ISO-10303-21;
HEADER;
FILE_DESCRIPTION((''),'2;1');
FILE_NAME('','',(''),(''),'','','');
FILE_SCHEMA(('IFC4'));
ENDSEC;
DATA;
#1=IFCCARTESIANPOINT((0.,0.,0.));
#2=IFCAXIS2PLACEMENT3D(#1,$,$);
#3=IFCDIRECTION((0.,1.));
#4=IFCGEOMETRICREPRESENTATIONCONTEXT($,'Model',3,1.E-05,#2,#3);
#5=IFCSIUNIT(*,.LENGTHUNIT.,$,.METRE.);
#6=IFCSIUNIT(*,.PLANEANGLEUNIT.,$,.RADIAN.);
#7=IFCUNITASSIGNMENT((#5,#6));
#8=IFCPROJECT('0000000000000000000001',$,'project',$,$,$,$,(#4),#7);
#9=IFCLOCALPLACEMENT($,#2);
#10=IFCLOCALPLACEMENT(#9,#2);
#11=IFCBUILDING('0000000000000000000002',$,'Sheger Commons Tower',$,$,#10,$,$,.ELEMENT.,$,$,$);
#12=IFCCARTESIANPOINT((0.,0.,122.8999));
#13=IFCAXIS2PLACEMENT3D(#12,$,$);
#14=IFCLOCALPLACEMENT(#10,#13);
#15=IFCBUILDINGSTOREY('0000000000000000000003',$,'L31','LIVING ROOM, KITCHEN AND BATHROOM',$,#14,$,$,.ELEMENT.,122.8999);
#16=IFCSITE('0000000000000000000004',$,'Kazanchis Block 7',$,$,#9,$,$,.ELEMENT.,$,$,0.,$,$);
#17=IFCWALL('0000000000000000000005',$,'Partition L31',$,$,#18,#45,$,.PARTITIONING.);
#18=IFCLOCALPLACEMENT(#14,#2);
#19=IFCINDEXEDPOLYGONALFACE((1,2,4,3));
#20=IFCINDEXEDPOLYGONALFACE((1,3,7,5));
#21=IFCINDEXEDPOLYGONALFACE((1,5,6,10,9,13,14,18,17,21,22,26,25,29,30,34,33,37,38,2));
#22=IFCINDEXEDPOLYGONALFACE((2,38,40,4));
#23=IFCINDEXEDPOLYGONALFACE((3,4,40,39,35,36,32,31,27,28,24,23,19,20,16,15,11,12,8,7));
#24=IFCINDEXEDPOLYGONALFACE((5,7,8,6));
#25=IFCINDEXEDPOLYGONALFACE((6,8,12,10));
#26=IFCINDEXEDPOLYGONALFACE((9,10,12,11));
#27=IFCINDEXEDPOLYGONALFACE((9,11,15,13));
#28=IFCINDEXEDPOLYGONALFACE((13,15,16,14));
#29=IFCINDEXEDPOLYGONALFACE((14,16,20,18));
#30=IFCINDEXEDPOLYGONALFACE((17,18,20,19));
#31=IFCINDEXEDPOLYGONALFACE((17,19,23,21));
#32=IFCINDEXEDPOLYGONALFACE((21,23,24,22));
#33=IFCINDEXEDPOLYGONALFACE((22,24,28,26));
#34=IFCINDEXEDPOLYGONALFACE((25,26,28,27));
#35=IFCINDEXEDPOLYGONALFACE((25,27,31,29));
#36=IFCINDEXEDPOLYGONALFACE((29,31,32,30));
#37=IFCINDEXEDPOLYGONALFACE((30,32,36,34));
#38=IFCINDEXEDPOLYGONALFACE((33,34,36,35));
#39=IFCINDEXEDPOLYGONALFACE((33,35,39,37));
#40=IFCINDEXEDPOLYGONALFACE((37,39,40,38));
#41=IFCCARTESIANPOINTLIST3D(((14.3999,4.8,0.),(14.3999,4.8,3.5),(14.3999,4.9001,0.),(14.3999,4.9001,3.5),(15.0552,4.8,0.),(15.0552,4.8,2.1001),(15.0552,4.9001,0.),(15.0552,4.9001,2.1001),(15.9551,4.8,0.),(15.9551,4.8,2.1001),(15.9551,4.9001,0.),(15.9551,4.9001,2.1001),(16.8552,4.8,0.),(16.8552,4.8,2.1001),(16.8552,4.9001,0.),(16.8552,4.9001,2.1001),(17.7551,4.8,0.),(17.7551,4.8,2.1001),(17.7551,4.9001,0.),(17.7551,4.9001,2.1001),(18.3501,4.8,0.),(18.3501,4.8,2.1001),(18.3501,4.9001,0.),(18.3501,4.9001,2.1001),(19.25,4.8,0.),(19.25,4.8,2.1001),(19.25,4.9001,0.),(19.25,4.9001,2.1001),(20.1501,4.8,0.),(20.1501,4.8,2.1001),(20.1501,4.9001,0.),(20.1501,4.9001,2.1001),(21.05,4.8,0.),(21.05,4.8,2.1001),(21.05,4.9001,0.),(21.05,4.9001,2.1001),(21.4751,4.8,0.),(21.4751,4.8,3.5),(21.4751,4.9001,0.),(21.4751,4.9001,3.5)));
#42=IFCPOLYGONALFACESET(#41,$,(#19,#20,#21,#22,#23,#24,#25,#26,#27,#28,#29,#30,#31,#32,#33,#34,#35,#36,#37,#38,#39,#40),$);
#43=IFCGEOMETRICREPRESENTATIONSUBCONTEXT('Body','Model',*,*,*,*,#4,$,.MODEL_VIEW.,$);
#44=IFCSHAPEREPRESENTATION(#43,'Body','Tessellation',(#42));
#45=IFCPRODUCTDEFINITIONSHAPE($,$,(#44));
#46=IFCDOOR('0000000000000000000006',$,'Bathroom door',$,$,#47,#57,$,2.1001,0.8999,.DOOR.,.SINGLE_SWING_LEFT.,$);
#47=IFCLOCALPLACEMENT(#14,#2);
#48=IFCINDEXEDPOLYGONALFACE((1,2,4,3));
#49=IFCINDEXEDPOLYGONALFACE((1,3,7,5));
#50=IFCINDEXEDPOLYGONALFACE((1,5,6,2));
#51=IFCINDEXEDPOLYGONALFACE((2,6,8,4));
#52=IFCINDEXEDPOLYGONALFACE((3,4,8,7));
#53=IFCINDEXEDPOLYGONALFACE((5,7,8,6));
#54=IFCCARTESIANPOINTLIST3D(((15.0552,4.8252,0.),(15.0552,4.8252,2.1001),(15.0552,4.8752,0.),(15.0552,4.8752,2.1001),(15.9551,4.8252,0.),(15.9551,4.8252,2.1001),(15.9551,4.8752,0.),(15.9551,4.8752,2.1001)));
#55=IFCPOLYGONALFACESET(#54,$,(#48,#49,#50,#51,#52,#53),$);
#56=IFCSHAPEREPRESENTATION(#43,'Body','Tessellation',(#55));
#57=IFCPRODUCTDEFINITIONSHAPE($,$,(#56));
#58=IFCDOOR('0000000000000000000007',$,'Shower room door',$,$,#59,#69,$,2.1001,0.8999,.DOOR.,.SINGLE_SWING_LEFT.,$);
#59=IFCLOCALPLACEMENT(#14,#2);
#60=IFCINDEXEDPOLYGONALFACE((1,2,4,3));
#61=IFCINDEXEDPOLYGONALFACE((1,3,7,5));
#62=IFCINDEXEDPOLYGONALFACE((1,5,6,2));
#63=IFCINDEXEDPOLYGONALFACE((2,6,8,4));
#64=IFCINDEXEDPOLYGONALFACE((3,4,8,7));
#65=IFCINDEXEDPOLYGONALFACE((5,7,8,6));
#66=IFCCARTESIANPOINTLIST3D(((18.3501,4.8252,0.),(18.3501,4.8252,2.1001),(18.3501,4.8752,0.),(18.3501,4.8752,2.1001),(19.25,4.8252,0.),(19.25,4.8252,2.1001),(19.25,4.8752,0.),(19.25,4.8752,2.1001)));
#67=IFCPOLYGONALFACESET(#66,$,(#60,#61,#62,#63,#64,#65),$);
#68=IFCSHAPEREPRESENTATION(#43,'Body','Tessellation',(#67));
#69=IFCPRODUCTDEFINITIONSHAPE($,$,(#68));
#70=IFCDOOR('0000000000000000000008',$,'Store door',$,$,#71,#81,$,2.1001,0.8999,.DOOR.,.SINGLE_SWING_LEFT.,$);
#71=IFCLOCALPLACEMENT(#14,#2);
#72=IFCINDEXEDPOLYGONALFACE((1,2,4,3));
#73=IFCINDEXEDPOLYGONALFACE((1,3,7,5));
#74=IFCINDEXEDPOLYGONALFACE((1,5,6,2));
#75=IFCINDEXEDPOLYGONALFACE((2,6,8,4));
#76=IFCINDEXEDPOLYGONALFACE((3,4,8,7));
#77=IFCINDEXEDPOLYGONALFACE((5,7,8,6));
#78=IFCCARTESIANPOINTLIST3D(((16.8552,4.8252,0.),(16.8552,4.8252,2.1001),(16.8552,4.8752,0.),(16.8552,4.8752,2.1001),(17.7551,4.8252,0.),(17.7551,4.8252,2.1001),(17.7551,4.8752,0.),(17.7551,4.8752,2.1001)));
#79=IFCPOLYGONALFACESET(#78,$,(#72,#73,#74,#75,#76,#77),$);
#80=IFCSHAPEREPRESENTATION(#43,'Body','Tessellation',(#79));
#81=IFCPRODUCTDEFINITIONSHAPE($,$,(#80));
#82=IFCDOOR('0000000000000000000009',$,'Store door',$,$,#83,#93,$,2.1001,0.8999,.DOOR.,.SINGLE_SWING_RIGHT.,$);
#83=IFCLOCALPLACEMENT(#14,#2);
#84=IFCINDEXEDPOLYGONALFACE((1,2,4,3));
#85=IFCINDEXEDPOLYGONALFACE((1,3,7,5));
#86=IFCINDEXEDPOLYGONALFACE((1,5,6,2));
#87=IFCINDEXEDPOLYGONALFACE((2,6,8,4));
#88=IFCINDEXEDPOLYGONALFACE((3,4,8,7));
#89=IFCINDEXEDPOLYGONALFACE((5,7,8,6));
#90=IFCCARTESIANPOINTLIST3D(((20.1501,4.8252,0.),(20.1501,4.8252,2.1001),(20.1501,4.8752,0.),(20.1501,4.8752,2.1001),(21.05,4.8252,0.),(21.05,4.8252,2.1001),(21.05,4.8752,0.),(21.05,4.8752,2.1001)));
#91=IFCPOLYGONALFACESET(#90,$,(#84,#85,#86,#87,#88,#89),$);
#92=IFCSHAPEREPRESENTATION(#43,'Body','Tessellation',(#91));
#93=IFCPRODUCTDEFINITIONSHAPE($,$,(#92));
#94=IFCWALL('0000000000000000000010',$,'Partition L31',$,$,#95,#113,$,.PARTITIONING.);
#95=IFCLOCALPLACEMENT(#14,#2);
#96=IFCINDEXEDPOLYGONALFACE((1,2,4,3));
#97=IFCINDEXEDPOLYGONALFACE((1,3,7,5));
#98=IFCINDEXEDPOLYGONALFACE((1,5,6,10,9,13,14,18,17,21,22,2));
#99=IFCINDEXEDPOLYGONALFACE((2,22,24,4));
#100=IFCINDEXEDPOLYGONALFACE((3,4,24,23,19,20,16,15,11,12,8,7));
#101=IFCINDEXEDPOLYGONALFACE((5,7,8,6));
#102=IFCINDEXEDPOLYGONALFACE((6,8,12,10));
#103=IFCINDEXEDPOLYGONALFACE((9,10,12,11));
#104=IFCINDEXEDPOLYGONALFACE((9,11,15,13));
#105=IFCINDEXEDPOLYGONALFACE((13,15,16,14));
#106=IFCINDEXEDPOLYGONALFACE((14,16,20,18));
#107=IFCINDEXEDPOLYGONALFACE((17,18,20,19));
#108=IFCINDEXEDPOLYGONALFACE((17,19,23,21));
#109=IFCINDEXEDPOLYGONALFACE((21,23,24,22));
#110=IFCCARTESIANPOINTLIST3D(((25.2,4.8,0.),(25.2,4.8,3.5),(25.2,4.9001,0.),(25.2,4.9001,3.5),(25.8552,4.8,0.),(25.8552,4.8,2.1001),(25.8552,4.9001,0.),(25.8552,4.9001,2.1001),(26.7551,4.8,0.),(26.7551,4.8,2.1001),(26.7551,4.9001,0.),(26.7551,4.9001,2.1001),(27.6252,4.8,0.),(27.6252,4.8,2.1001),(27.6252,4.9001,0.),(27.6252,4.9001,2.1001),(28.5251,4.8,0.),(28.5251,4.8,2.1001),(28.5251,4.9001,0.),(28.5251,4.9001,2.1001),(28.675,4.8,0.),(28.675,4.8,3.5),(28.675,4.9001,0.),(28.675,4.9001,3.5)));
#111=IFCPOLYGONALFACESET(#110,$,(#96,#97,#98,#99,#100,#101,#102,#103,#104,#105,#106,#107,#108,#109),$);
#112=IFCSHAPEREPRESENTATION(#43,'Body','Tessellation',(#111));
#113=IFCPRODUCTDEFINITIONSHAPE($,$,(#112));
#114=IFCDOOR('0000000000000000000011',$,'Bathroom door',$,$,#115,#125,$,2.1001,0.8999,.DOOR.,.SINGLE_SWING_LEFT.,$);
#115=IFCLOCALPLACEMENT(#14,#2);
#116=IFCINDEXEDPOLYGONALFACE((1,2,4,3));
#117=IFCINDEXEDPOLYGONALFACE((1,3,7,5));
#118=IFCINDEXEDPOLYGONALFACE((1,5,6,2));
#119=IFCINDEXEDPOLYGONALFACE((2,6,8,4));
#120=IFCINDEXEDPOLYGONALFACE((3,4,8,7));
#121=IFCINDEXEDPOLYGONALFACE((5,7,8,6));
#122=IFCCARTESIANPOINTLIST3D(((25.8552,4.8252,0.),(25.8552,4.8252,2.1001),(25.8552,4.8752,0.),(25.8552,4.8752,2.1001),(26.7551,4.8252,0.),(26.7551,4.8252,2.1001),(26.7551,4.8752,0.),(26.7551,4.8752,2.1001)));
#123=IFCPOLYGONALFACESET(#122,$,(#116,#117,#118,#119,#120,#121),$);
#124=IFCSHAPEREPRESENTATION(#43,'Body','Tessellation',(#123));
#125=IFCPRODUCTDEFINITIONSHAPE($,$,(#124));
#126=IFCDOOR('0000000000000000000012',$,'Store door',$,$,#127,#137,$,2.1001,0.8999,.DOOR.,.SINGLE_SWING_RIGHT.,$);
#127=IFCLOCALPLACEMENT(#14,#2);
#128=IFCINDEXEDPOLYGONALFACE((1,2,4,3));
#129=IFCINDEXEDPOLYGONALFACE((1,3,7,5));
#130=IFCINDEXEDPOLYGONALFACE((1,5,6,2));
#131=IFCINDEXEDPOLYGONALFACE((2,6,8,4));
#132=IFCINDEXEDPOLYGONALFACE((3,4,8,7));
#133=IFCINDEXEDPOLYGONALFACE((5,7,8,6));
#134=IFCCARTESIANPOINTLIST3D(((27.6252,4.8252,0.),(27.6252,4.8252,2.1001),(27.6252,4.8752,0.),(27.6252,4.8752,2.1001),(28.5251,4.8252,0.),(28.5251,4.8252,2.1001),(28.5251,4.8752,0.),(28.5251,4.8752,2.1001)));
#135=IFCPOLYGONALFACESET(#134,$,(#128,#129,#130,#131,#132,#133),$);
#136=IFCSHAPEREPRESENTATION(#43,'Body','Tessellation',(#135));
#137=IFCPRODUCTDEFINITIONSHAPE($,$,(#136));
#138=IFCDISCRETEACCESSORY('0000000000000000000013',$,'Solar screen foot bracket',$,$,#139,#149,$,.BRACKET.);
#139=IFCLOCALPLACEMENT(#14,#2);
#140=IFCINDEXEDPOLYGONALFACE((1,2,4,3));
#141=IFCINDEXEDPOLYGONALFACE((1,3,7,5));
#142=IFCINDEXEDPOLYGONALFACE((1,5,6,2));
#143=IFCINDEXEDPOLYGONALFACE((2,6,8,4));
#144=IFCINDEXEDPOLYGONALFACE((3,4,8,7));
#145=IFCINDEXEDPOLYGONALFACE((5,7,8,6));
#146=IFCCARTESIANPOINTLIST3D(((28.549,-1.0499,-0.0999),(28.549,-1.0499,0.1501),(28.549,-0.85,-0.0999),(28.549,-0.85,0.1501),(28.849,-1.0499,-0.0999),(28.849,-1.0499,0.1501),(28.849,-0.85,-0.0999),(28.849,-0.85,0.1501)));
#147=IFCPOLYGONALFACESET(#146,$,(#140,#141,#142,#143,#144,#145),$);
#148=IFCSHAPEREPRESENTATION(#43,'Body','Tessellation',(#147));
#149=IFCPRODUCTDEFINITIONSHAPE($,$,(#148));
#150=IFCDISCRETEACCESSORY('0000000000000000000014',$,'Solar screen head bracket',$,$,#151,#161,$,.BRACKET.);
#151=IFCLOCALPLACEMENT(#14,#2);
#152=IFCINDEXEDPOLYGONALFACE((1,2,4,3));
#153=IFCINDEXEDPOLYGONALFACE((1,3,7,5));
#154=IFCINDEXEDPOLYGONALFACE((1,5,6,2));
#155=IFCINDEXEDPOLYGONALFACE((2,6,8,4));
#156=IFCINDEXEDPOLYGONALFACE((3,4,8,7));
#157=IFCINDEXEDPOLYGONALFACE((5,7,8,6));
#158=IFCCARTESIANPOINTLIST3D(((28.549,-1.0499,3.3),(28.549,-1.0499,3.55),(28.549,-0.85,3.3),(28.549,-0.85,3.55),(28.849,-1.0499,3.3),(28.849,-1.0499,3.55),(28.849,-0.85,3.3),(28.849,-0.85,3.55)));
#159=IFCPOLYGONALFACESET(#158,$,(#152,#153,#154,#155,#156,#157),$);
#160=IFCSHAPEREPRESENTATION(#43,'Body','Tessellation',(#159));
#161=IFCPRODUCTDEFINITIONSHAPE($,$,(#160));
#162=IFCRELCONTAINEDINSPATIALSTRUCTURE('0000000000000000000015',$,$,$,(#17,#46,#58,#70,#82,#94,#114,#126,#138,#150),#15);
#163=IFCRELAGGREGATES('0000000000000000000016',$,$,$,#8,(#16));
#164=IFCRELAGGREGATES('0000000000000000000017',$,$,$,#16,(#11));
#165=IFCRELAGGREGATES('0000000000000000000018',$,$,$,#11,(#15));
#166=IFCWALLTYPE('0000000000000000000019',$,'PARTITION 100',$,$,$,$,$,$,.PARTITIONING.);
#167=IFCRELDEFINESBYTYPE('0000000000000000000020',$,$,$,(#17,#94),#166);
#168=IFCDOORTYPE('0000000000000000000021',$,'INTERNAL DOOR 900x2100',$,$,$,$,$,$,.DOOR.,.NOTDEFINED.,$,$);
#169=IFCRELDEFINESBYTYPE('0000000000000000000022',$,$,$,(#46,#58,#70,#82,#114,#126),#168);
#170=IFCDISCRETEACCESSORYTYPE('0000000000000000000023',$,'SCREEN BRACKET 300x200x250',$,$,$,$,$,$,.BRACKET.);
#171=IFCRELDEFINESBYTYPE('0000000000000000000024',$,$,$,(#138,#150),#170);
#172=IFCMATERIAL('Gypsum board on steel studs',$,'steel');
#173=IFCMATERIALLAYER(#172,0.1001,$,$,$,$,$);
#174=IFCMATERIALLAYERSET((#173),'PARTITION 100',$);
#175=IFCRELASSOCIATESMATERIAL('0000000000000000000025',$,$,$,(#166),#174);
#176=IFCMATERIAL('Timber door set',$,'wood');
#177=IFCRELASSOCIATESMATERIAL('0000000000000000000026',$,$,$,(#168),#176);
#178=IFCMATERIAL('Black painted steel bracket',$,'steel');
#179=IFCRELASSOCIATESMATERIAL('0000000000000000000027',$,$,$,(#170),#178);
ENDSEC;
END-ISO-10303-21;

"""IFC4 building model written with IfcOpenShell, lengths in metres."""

from ifc_helpers import new_model, si_unit, direction, frame, frame_2d, origin, origin_2d, place, context, subcontext, project, spatial, rectangle, extrude, material, layer, layer_set, type_object, element, fill, save


model = new_model("IFC4")

# Units and contexts
model_context = context("Model", 3, precision=1e-05, world=origin(), true_north=direction((0.0, 1.0)))
body_context = subcontext(model_context, "Body", "Model", "MODEL_VIEW")
ifc_project = project(units=[si_unit("LENGTHUNIT", "METRE"), si_unit("PLANEANGLEUNIT", "RADIAN")], contexts=[model_context])

# Site, building, storey
site_placement = place(None, origin())
site = spatial("IfcSite", under=ifc_project, at=site_placement, Name="Kazanchis Block 7", CompositionType="ELEMENT", RefElevation=0.0)
building_placement = place(site_placement, origin())
building = spatial("IfcBuilding", under=site, at=building_placement, Name="Sheger Commons Tower", CompositionType="ELEMENT")
storey_placement = place(building_placement, frame((0.0, 0.0, 122.8999)))
storey = spatial("IfcBuildingStorey", under=building, at=storey_placement, Name="L31", Description="LIVING ROOM, KITCHEN AND BATHROOM", CompositionType="ELEMENT", Elevation=122.8999)

# Walls, openings, doors
ifc_material_1 = material(Name="Gypsum board on steel studs", Category="steel")
ifc_layer_1 = layer(ifc_material_1, 0.1001)
ifc_layer_set_1 = layer_set([ifc_layer_1], Name="PARTITION 100")
wall_type_1 = type_object("IfcWallType", Name="PARTITION 100", PredefinedType="PARTITIONING", material=ifc_layer_set_1)
ifc_material_2 = material(Name="Timber door set", Category="wood")
door_type = type_object("IfcDoorType", Name="INTERNAL DOOR 900x2100", OperationType="NOTDEFINED", PredefinedType="DOOR", material=ifc_material_2)
wall_1_placement = place(storey_placement, frame((21.4751, 4.8501, 0.0), z_axis=(0.0, 0.0, 1.0), x_axis=(-1.0, 0.0, 0.0)))
wall_1 = element("IfcWall", 1, at=wall_1_placement, inside=storey, type_object=wall_type_1, Name="Partition L31", PredefinedType="PARTITIONING", context=body_context, shape_type="SweptSolid", body=[
    extrude(rectangle(XDim=7.0752, YDim=0.1001, at=frame_2d((3.5376, 0.0))), origin(), (0.0, 0.0, 1.0), 3.5),
])
opening_1_placement = place(wall_1_placement, frame((5.52, 0.0, 0.0)))
opening_1 = element("IfcOpeningElement", 2, at=opening_1_placement, cuts=wall_1, PredefinedType="OPENING", context=body_context, shape_type="SweptSolid", body=[
    extrude(rectangle(XDim=0.8999, YDim=2.1001, at=frame_2d((0.45, 1.05))), frame((0.0, 0.0601, 0.0), z_axis=(0.0, -1.0, 0.0), x_axis=(1.0, 0.0, 0.0)), (0.0, 0.0, 1.0), 0.1201),
])
opening_2_placement = place(wall_1_placement, frame((2.2251, 0.0, 0.0)))
opening_2 = element("IfcOpeningElement", 3, at=opening_2_placement, cuts=wall_1, PredefinedType="OPENING", context=body_context, shape_type="SweptSolid", body=[
    extrude(rectangle(XDim=0.8999, YDim=2.1001, at=frame_2d((0.45, 1.05))), frame((0.0, 0.0601, 0.0), z_axis=(0.0, -1.0, 0.0), x_axis=(1.0, 0.0, 0.0)), (0.0, 0.0, 1.0), 0.1201),
])
opening_3_placement = place(wall_1_placement, frame((3.72, 0.0, 0.0)))
opening_3 = element("IfcOpeningElement", 4, at=opening_3_placement, cuts=wall_1, PredefinedType="OPENING", context=body_context, shape_type="SweptSolid", body=[
    extrude(rectangle(XDim=0.8999, YDim=2.1001, at=frame_2d((0.45, 1.05))), frame((0.0, 0.0601, 0.0), z_axis=(0.0, -1.0, 0.0), x_axis=(1.0, 0.0, 0.0)), (0.0, 0.0, 1.0), 0.1201),
])
opening_4_placement = place(wall_1_placement, frame((0.425, 0.0, 0.0)))
opening_4 = element("IfcOpeningElement", 5, at=opening_4_placement, cuts=wall_1, PredefinedType="OPENING", context=body_context, shape_type="SweptSolid", body=[
    extrude(rectangle(XDim=0.8999, YDim=2.1001, at=frame_2d((0.45, 1.05))), frame((0.0, 0.0601, 0.0), z_axis=(0.0, -1.0, 0.0), x_axis=(1.0, 0.0, 0.0)), (0.0, 0.0, 1.0), 0.1201),
])
door_1_placement = place(opening_1_placement, origin())
door_1 = element("IfcDoor", 6, at=door_1_placement, inside=storey, type_object=door_type, Name="Bathroom door", OperationType="SINGLE_SWING_LEFT", OverallHeight=2.1001, OverallWidth=0.8999, PredefinedType="DOOR", context=body_context, shape_type="SweptSolid", body=[
    extrude(rectangle(XDim=0.8999, YDim=2.1001, at=frame_2d((0.45, 1.05))), frame((0.0, 0.0249, 0.0), z_axis=(0.0, -1.0, 0.0), x_axis=(1.0, 0.0, 0.0)), (0.0, 0.0, 1.0), 0.05),
])
fill(opening_1, door_1)
door_2_placement = place(opening_2_placement, origin())
door_2 = element("IfcDoor", 7, at=door_2_placement, inside=storey, type_object=door_type, Name="Shower room door", OperationType="SINGLE_SWING_LEFT", OverallHeight=2.1001, OverallWidth=0.8999, PredefinedType="DOOR", context=body_context, shape_type="SweptSolid", body=[
    extrude(rectangle(XDim=0.8999, YDim=2.1001, at=frame_2d((0.45, 1.05))), frame((0.0, 0.0249, 0.0), z_axis=(0.0, -1.0, 0.0), x_axis=(1.0, 0.0, 0.0)), (0.0, 0.0, 1.0), 0.05),
])
fill(opening_2, door_2)
door_3_placement = place(opening_3_placement, origin())
door_3 = element("IfcDoor", 8, at=door_3_placement, inside=storey, type_object=door_type, Name="Store door", OperationType="SINGLE_SWING_LEFT", OverallHeight=2.1001, OverallWidth=0.8999, PredefinedType="DOOR", context=body_context, shape_type="SweptSolid", body=[
    extrude(rectangle(XDim=0.8999, YDim=2.1001, at=frame_2d((0.45, 1.05))), frame((0.0, 0.0249, 0.0), z_axis=(0.0, -1.0, 0.0), x_axis=(1.0, 0.0, 0.0)), (0.0, 0.0, 1.0), 0.05),
])
fill(opening_3, door_3)
door_4_placement = place(opening_4_placement, origin())
door_4 = element("IfcDoor", 9, at=door_4_placement, inside=storey, type_object=door_type, Name="Store door", OperationType="SINGLE_SWING_RIGHT", OverallHeight=2.1001, OverallWidth=0.8999, PredefinedType="DOOR", context=body_context, shape_type="SweptSolid", body=[
    extrude(rectangle(XDim=0.8999, YDim=2.1001, at=frame_2d((0.45, 1.05))), frame((0.0, 0.0249, 0.0), z_axis=(0.0, -1.0, 0.0), x_axis=(1.0, 0.0, 0.0)), (0.0, 0.0, 1.0), 0.05),
])
fill(opening_4, door_4)
wall_2_placement = place(storey_placement, frame((28.675, 4.8501, 0.0), z_axis=(0.0, 0.0, 1.0), x_axis=(-1.0, 0.0, 0.0)))
wall_2 = element("IfcWall", 10, at=wall_2_placement, inside=storey, type_object=wall_type_1, Name="Partition L31", PredefinedType="PARTITIONING", context=body_context, shape_type="SweptSolid", body=[
    extrude(rectangle(XDim=3.4751, YDim=0.1001, at=frame_2d((1.7375, 0.0))), origin(), (0.0, 0.0, 1.0), 3.5),
])
opening_5_placement = place(wall_2_placement, frame((1.9199, 0.0, 0.0)))
opening_5 = element("IfcOpeningElement", 11, at=opening_5_placement, cuts=wall_2, PredefinedType="OPENING", context=body_context, shape_type="SweptSolid", body=[
    extrude(rectangle(XDim=0.8999, YDim=2.1001, at=frame_2d((0.45, 1.05))), frame((0.0, 0.0601, 0.0), z_axis=(0.0, -1.0, 0.0), x_axis=(1.0, 0.0, 0.0)), (0.0, 0.0, 1.0), 0.1201),
])
opening_6_placement = place(wall_2_placement, frame((0.1499, 0.0, 0.0)))
opening_6 = element("IfcOpeningElement", 12, at=opening_6_placement, cuts=wall_2, PredefinedType="OPENING", context=body_context, shape_type="SweptSolid", body=[
    extrude(rectangle(XDim=0.8999, YDim=2.1001, at=frame_2d((0.45, 1.05))), frame((0.0, 0.0601, 0.0), z_axis=(0.0, -1.0, 0.0), x_axis=(1.0, 0.0, 0.0)), (0.0, 0.0, 1.0), 0.1201),
])
door_5_placement = place(opening_5_placement, origin())
door_5 = element("IfcDoor", 13, at=door_5_placement, inside=storey, type_object=door_type, Name="Bathroom door", OperationType="SINGLE_SWING_LEFT", OverallHeight=2.1001, OverallWidth=0.8999, PredefinedType="DOOR", context=body_context, shape_type="SweptSolid", body=[
    extrude(rectangle(XDim=0.8999, YDim=2.1001, at=frame_2d((0.45, 1.05))), frame((0.0, 0.0249, 0.0), z_axis=(0.0, -1.0, 0.0), x_axis=(1.0, 0.0, 0.0)), (0.0, 0.0, 1.0), 0.05),
])
fill(opening_5, door_5)
door_6_placement = place(opening_6_placement, origin())
door_6 = element("IfcDoor", 14, at=door_6_placement, inside=storey, type_object=door_type, Name="Store door", OperationType="SINGLE_SWING_RIGHT", OverallHeight=2.1001, OverallWidth=0.8999, PredefinedType="DOOR", context=body_context, shape_type="SweptSolid", body=[
    extrude(rectangle(XDim=0.8999, YDim=2.1001, at=frame_2d((0.45, 1.05))), frame((0.0, 0.0249, 0.0), z_axis=(0.0, -1.0, 0.0), x_axis=(1.0, 0.0, 0.0)), (0.0, 0.0, 1.0), 0.05),
])
fill(opening_6, door_6)

# Discrete accessories
ifc_material_3 = material(Name="Black painted steel bracket", Category="steel")
discrete_accessory_type = type_object("IfcDiscreteAccessoryType", Name="SCREEN BRACKET 300x200x250", PredefinedType="BRACKET", material=ifc_material_3)
for number, where, z_axis, x_axis, name in (
    (15, (28.699, -0.95, -0.0999), (0.0, 0.0, 1.0), (1.0, 0.0, 0.0), "Solar screen foot bracket"),
    (16, (28.699, -0.95, 3.3), (0.0, 0.0, 1.0), (1.0, 0.0, 0.0), "Solar screen head bracket"),
):
    element("IfcDiscreteAccessory", number, at=place(storey_placement, frame(where, z_axis=z_axis, x_axis=x_axis)), inside=storey, type_object=discrete_accessory_type, Name=name, PredefinedType="BRACKET", context=body_context, shape_type="SweptSolid", body=[
        extrude(rectangle(XDim=0.3, YDim=0.2, at=origin_2d()), origin(), (0.0, 0.0, 1.0), 0.25),
    ])

save(model, "model.ifc")
